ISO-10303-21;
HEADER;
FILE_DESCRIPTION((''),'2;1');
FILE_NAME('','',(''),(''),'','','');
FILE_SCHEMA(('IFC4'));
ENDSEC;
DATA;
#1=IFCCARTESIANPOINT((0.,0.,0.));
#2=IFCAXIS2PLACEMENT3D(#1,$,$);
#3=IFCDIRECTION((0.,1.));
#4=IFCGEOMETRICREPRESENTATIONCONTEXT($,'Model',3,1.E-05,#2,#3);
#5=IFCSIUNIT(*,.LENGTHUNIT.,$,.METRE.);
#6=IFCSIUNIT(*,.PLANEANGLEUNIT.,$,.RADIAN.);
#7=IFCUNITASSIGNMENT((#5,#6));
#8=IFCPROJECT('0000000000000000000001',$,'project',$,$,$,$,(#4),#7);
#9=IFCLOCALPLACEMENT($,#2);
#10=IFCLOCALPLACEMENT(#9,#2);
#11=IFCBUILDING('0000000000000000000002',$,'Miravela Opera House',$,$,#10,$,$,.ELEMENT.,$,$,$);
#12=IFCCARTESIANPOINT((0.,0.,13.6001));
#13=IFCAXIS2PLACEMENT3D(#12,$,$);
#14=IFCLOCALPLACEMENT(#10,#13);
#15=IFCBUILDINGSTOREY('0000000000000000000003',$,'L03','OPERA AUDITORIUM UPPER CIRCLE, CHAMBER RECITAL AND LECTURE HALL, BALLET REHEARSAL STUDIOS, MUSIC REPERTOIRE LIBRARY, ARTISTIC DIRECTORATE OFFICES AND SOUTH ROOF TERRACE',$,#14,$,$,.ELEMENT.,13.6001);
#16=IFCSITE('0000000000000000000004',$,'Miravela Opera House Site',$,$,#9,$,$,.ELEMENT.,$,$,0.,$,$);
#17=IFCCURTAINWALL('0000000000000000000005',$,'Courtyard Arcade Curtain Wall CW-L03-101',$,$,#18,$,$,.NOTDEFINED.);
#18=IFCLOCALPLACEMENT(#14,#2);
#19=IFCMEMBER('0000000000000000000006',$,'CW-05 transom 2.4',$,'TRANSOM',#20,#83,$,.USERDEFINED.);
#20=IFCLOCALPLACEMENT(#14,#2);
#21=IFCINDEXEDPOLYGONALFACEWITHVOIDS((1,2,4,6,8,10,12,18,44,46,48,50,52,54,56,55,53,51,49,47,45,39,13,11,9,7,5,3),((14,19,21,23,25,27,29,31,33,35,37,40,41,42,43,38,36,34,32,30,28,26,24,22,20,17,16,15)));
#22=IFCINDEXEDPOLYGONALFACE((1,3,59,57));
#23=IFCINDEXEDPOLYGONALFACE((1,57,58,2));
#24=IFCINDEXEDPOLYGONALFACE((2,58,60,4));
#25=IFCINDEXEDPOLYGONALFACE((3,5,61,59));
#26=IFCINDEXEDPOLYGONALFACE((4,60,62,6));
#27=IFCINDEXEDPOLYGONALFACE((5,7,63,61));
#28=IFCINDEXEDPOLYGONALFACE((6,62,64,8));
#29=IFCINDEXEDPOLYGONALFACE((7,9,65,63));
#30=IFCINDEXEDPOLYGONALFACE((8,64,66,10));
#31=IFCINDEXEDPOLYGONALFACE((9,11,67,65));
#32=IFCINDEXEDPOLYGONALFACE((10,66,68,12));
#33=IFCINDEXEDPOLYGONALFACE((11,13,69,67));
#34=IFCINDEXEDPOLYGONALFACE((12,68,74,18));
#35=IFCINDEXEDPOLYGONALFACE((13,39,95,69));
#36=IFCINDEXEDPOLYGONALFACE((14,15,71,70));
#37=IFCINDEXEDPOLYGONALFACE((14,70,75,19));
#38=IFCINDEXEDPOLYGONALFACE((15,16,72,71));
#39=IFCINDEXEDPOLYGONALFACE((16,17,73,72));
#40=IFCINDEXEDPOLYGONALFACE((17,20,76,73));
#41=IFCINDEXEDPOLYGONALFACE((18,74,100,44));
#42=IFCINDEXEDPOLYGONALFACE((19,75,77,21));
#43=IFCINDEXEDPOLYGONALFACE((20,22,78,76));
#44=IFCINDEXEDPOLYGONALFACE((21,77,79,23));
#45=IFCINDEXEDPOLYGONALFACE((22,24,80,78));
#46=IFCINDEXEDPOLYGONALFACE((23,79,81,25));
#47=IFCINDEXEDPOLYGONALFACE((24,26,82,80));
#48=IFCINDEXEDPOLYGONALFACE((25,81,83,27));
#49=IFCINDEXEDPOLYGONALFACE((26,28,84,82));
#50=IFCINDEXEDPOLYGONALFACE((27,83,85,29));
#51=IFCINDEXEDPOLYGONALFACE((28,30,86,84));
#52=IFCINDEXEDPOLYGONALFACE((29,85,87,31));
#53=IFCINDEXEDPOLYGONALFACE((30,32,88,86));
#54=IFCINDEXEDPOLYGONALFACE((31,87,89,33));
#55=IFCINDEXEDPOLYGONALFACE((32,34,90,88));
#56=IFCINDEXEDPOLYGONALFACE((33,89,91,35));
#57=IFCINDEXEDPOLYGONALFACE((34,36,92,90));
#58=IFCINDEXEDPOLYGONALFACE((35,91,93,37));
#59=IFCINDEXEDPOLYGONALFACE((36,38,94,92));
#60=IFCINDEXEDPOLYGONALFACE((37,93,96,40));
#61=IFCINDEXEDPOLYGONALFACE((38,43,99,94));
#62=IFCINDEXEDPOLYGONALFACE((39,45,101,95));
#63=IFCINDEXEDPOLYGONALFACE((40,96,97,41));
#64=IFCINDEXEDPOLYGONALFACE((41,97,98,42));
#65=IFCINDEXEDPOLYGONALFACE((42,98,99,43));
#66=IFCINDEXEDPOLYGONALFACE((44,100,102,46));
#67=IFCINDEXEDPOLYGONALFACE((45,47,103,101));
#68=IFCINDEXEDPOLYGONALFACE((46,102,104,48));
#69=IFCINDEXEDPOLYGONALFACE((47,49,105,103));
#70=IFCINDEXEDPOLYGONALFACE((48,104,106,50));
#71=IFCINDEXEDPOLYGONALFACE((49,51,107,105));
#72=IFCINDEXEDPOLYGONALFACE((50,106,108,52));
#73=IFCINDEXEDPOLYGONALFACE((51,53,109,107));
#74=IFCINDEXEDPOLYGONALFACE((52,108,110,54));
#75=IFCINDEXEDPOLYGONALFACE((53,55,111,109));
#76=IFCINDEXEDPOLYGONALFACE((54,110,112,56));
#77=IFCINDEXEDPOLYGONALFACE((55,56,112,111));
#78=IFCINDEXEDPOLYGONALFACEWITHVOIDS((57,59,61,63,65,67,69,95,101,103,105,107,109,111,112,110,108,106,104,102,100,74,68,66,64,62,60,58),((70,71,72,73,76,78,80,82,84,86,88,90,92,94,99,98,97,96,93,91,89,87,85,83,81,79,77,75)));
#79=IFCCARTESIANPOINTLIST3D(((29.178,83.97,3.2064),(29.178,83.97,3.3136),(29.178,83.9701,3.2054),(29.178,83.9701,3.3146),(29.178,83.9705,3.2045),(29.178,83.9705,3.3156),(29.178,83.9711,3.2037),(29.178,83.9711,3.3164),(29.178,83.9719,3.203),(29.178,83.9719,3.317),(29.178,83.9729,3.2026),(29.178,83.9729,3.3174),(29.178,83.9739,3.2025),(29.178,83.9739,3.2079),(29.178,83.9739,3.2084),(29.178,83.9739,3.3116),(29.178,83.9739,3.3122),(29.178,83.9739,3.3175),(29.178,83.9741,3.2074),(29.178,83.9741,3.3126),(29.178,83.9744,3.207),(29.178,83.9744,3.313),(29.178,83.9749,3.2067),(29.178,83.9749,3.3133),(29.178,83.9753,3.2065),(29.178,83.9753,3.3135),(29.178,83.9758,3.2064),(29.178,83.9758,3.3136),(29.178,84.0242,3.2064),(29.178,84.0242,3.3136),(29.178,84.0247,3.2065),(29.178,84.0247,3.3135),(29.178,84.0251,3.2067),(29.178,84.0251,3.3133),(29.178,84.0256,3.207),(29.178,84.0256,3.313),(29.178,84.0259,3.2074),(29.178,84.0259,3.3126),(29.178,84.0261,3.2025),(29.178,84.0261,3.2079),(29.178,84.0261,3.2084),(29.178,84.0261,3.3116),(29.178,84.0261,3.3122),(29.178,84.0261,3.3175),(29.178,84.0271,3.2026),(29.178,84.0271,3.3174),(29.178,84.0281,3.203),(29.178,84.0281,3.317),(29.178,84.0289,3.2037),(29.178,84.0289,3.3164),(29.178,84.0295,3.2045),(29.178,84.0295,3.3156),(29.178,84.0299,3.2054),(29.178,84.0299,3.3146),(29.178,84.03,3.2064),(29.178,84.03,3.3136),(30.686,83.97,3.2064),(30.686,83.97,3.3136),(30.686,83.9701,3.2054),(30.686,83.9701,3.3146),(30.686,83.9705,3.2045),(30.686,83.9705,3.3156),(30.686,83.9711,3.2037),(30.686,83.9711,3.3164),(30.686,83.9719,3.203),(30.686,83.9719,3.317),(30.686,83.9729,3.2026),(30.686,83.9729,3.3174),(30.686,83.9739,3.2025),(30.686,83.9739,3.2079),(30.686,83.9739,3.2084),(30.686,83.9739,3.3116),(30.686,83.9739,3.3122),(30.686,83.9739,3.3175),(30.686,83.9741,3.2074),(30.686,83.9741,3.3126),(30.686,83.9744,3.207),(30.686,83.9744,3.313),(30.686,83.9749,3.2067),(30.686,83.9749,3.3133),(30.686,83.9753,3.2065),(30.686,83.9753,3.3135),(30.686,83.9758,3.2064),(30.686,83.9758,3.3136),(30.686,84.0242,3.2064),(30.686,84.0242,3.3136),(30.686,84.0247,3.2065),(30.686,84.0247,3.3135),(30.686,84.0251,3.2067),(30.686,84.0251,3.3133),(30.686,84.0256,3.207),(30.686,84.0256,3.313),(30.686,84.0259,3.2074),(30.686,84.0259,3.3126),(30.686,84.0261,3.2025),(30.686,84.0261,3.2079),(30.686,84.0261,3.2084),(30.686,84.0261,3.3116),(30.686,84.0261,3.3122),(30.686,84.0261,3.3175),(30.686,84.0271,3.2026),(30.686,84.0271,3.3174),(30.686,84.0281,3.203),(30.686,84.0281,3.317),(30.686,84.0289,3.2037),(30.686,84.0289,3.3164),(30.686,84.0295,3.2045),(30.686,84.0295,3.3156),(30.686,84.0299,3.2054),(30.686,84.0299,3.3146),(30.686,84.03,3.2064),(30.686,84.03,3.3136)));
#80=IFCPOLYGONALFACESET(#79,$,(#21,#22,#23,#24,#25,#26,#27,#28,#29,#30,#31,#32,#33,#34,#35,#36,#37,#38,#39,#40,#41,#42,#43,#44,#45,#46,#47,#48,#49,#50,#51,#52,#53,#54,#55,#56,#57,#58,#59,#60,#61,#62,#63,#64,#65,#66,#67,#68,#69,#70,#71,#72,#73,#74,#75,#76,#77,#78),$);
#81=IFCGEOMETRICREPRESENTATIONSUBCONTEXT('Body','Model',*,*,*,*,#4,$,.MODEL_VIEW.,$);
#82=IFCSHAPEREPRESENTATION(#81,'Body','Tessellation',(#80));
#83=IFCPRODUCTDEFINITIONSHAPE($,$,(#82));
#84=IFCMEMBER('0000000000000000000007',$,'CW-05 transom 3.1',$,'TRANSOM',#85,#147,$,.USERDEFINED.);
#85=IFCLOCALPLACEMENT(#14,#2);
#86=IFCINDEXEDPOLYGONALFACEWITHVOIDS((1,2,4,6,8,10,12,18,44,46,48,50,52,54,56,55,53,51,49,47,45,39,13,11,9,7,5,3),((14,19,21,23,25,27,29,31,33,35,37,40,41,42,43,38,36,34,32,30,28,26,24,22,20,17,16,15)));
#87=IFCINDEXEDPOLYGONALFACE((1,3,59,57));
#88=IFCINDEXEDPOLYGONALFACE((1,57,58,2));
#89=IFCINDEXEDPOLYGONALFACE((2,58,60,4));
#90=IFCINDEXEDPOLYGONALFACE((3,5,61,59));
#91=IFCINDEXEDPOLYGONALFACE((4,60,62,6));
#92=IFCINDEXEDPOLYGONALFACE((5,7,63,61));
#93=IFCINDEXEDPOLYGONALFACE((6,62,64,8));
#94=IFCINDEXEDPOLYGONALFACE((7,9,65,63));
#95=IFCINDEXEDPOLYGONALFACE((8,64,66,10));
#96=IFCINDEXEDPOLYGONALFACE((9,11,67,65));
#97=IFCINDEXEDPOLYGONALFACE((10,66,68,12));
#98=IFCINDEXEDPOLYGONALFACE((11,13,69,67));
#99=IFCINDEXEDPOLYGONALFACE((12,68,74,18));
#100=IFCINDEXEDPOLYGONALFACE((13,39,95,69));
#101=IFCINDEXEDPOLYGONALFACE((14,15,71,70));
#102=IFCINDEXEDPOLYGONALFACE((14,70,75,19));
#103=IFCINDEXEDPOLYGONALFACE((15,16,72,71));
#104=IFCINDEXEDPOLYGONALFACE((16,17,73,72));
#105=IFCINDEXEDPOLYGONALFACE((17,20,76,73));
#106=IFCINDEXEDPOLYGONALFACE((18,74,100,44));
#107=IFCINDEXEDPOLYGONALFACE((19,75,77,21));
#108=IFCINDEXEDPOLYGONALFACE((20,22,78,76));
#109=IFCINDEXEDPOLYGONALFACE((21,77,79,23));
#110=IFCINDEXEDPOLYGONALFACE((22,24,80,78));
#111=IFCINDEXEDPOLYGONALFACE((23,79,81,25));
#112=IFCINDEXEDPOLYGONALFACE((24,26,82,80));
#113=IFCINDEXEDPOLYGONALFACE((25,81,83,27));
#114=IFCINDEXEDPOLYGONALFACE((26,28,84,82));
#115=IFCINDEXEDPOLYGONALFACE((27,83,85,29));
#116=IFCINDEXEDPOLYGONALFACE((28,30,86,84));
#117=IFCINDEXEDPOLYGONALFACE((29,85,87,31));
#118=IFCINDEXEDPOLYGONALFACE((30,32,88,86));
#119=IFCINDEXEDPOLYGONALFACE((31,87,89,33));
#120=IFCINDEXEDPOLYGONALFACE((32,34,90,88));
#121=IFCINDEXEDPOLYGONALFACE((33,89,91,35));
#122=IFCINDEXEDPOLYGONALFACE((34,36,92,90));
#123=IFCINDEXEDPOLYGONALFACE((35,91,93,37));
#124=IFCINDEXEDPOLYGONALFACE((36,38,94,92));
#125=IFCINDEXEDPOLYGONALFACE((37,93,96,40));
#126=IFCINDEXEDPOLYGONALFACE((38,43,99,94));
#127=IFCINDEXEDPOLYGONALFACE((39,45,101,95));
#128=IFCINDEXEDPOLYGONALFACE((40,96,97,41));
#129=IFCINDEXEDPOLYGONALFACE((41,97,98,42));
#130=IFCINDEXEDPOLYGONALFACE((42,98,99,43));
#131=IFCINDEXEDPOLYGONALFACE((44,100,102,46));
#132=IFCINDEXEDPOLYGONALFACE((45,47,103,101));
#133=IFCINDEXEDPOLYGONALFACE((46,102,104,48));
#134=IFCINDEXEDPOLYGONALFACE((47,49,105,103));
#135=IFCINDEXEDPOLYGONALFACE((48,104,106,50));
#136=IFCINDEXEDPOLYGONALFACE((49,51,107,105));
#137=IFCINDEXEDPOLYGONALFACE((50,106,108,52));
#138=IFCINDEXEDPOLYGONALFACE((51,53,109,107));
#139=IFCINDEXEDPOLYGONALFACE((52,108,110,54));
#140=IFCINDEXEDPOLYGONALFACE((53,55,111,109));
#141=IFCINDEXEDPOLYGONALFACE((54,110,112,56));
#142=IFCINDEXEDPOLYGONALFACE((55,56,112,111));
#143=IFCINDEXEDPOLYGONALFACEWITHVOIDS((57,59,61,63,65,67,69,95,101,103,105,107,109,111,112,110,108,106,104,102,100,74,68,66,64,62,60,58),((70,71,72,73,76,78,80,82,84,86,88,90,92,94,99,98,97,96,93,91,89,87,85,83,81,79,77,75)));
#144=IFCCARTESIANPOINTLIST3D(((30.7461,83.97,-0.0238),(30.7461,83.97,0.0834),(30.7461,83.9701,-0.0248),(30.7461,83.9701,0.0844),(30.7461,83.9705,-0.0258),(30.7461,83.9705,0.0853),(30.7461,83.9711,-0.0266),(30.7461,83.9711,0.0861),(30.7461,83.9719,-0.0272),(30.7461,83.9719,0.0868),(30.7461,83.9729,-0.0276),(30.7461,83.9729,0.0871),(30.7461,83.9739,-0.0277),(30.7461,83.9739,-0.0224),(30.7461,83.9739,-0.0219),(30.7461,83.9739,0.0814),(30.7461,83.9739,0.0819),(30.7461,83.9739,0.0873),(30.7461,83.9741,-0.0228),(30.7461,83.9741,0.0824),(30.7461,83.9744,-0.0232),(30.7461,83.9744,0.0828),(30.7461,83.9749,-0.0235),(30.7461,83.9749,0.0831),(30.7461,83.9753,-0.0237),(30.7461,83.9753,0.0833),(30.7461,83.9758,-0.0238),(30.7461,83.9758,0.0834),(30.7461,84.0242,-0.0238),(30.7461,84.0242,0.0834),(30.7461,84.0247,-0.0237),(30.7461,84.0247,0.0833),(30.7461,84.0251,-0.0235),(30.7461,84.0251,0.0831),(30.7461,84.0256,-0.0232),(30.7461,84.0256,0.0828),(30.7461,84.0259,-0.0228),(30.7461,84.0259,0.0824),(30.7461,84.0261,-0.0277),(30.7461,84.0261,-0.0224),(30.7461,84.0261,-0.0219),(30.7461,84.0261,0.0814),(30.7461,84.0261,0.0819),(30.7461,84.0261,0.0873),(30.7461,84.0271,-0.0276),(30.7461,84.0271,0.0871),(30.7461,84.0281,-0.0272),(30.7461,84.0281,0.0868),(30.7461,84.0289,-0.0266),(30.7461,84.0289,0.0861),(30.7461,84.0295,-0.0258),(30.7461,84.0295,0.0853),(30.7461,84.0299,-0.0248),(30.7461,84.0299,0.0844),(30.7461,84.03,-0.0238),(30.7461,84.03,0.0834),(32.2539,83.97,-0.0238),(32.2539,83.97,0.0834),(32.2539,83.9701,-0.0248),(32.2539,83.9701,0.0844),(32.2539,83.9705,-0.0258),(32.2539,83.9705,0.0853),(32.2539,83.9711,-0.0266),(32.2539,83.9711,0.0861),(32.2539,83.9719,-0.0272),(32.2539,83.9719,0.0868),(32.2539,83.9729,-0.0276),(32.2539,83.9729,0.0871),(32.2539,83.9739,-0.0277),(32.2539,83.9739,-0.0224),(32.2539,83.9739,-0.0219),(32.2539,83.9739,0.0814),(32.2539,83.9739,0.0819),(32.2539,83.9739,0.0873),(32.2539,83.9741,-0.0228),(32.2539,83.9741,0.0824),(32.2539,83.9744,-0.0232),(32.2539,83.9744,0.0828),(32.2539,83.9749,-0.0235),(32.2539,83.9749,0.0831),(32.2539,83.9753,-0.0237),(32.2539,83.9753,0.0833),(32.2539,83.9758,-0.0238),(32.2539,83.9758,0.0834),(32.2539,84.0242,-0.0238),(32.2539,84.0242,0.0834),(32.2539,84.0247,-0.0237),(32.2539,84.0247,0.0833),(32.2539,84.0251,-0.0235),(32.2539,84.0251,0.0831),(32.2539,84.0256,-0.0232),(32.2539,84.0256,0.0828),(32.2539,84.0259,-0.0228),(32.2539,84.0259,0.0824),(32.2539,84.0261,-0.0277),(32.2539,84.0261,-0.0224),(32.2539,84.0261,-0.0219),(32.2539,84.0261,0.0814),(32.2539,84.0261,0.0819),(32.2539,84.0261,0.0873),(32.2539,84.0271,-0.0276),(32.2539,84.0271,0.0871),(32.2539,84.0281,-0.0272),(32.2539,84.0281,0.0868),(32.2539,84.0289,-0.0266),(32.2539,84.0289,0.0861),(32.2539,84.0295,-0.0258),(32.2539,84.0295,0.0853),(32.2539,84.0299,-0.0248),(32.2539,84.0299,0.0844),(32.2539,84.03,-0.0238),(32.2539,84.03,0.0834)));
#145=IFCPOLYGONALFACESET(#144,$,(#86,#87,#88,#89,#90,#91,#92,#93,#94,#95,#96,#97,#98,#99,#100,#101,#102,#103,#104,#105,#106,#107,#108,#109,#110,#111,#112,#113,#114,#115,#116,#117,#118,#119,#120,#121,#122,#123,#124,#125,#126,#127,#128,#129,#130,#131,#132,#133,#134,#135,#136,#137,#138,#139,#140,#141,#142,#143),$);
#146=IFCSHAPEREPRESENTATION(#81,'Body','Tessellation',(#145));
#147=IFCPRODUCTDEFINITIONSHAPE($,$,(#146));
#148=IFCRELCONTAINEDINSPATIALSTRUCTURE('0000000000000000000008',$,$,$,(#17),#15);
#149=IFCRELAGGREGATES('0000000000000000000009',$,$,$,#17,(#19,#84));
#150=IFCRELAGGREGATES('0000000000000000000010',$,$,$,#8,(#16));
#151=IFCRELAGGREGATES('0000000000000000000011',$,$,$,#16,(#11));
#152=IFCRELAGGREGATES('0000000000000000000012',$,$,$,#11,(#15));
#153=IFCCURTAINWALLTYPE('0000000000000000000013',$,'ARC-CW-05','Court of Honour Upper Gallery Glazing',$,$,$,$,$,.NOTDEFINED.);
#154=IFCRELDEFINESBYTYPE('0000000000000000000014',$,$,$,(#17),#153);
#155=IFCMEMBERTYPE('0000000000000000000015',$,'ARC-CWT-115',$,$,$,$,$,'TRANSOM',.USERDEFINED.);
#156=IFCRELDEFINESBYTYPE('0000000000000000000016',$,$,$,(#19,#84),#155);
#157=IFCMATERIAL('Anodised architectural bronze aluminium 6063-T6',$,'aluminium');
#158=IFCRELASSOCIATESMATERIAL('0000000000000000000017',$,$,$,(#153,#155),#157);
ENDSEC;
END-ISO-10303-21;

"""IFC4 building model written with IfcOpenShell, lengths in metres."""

from ifc_helpers import new_model, si_unit, direction, frame, origin, origin_2d, place, context, subcontext, project, spatial, hollow_rectangle, extrude, material, material_profile, profile_set, type_object, element, aggregate, save


model = new_model("IFC4")

# Units and contexts
model_context = context("Model", 3, precision=1e-05, world=origin(), true_north=direction((0.0, 1.0)))
body_context = subcontext(model_context, "Body", "Model", "MODEL_VIEW")
ifc_project = project(units=[si_unit("LENGTHUNIT", "METRE"), si_unit("PLANEANGLEUNIT", "RADIAN")], contexts=[model_context])

# Site, building, storey
site_placement = place(None, origin())
site = spatial("IfcSite", under=ifc_project, at=site_placement, Name="Miravela Opera House Site", CompositionType="ELEMENT", RefElevation=0.0)
building_placement = place(site_placement, origin())
building = spatial("IfcBuilding", under=site, at=building_placement, Name="Miravela Opera House", CompositionType="ELEMENT")
storey_placement = place(building_placement, frame((0.0, 0.0, 13.6001)))
storey = spatial("IfcBuildingStorey", under=building, at=storey_placement, Name="L03", Description="OPERA AUDITORIUM UPPER CIRCLE, CHAMBER RECITAL AND LECTURE HALL, BALLET REHEARSAL STUDIOS, MUSIC REPERTOIRE LIBRARY, ARTISTIC DIRECTORATE OFFICES AND SOUTH ROOF TERRACE", CompositionType="ELEMENT", Elevation=13.6001)

# Curtain wall, members
ifc_material_1 = material(Name="Anodised architectural bronze aluminium 6063-T6", Category="aluminium")
curtain_wall_type = type_object("IfcCurtainWallType", Name="ARC-CW-05", Description="Court of Honour Upper Gallery Glazing", PredefinedType="NOTDEFINED", material=ifc_material_1)
curtain_wall_placement = place(storey_placement, origin())
curtain_wall = element("IfcCurtainWall", 1, at=curtain_wall_placement, inside=storey, type_object=curtain_wall_type, Name="Courtyard Arcade Curtain Wall CW-L03-101", PredefinedType="NOTDEFINED")
ifc_material_profile_1 = material_profile(ifc_material_1, hollow_rectangle(XDim=0.0601, YDim=0.115, WallThickness=0.0039, InnerFilletRadius=0.002, OuterFilletRadius=0.0039, at=origin_2d()), Name="CWT-60X115")
ifc_profile_set_1 = profile_set([ifc_material_profile_1])
member_type_1 = type_object("IfcMemberType", Name="ARC-CWT-115", ElementType="TRANSOM", PredefinedType="USERDEFINED", material=ifc_profile_set_1)
member_1_placement = place(storey_placement, frame((29.178, 84.0, 3.26), z_axis=(1.0, 0.0, 0.0), x_axis=(0.0, 1.0, 0.0)))
member_1 = element("IfcMember", 2, at=member_1_placement, type_object=member_type_1, Name="CW-05 transom 2.4", ObjectType="TRANSOM", PredefinedType="USERDEFINED", context=body_context, shape_type="SweptSolid", body=[
    extrude(hollow_rectangle(XDim=0.0601, YDim=0.115, WallThickness=0.0039, InnerFilletRadius=0.002, OuterFilletRadius=0.0039, at=origin_2d()), origin(), (0.0, 0.0, 1.0), 1.5081),
])
member_2_placement = place(storey_placement, frame((30.7461, 84.0, 0.0298), z_axis=(1.0, 0.0, 0.0), x_axis=(0.0, 1.0, 0.0)))
member_2 = element("IfcMember", 3, at=member_2_placement, type_object=member_type_1, Name="CW-05 transom 3.1", ObjectType="TRANSOM", PredefinedType="USERDEFINED", context=body_context, shape_type="SweptSolid", body=[
    extrude(hollow_rectangle(XDim=0.0601, YDim=0.115, WallThickness=0.0039, InnerFilletRadius=0.002, OuterFilletRadius=0.0039, at=origin_2d()), origin(), (0.0, 0.0, 1.0), 1.5078),
])

aggregate(curtain_wall, [member_1, member_2])

save(model, "model.ifc")
